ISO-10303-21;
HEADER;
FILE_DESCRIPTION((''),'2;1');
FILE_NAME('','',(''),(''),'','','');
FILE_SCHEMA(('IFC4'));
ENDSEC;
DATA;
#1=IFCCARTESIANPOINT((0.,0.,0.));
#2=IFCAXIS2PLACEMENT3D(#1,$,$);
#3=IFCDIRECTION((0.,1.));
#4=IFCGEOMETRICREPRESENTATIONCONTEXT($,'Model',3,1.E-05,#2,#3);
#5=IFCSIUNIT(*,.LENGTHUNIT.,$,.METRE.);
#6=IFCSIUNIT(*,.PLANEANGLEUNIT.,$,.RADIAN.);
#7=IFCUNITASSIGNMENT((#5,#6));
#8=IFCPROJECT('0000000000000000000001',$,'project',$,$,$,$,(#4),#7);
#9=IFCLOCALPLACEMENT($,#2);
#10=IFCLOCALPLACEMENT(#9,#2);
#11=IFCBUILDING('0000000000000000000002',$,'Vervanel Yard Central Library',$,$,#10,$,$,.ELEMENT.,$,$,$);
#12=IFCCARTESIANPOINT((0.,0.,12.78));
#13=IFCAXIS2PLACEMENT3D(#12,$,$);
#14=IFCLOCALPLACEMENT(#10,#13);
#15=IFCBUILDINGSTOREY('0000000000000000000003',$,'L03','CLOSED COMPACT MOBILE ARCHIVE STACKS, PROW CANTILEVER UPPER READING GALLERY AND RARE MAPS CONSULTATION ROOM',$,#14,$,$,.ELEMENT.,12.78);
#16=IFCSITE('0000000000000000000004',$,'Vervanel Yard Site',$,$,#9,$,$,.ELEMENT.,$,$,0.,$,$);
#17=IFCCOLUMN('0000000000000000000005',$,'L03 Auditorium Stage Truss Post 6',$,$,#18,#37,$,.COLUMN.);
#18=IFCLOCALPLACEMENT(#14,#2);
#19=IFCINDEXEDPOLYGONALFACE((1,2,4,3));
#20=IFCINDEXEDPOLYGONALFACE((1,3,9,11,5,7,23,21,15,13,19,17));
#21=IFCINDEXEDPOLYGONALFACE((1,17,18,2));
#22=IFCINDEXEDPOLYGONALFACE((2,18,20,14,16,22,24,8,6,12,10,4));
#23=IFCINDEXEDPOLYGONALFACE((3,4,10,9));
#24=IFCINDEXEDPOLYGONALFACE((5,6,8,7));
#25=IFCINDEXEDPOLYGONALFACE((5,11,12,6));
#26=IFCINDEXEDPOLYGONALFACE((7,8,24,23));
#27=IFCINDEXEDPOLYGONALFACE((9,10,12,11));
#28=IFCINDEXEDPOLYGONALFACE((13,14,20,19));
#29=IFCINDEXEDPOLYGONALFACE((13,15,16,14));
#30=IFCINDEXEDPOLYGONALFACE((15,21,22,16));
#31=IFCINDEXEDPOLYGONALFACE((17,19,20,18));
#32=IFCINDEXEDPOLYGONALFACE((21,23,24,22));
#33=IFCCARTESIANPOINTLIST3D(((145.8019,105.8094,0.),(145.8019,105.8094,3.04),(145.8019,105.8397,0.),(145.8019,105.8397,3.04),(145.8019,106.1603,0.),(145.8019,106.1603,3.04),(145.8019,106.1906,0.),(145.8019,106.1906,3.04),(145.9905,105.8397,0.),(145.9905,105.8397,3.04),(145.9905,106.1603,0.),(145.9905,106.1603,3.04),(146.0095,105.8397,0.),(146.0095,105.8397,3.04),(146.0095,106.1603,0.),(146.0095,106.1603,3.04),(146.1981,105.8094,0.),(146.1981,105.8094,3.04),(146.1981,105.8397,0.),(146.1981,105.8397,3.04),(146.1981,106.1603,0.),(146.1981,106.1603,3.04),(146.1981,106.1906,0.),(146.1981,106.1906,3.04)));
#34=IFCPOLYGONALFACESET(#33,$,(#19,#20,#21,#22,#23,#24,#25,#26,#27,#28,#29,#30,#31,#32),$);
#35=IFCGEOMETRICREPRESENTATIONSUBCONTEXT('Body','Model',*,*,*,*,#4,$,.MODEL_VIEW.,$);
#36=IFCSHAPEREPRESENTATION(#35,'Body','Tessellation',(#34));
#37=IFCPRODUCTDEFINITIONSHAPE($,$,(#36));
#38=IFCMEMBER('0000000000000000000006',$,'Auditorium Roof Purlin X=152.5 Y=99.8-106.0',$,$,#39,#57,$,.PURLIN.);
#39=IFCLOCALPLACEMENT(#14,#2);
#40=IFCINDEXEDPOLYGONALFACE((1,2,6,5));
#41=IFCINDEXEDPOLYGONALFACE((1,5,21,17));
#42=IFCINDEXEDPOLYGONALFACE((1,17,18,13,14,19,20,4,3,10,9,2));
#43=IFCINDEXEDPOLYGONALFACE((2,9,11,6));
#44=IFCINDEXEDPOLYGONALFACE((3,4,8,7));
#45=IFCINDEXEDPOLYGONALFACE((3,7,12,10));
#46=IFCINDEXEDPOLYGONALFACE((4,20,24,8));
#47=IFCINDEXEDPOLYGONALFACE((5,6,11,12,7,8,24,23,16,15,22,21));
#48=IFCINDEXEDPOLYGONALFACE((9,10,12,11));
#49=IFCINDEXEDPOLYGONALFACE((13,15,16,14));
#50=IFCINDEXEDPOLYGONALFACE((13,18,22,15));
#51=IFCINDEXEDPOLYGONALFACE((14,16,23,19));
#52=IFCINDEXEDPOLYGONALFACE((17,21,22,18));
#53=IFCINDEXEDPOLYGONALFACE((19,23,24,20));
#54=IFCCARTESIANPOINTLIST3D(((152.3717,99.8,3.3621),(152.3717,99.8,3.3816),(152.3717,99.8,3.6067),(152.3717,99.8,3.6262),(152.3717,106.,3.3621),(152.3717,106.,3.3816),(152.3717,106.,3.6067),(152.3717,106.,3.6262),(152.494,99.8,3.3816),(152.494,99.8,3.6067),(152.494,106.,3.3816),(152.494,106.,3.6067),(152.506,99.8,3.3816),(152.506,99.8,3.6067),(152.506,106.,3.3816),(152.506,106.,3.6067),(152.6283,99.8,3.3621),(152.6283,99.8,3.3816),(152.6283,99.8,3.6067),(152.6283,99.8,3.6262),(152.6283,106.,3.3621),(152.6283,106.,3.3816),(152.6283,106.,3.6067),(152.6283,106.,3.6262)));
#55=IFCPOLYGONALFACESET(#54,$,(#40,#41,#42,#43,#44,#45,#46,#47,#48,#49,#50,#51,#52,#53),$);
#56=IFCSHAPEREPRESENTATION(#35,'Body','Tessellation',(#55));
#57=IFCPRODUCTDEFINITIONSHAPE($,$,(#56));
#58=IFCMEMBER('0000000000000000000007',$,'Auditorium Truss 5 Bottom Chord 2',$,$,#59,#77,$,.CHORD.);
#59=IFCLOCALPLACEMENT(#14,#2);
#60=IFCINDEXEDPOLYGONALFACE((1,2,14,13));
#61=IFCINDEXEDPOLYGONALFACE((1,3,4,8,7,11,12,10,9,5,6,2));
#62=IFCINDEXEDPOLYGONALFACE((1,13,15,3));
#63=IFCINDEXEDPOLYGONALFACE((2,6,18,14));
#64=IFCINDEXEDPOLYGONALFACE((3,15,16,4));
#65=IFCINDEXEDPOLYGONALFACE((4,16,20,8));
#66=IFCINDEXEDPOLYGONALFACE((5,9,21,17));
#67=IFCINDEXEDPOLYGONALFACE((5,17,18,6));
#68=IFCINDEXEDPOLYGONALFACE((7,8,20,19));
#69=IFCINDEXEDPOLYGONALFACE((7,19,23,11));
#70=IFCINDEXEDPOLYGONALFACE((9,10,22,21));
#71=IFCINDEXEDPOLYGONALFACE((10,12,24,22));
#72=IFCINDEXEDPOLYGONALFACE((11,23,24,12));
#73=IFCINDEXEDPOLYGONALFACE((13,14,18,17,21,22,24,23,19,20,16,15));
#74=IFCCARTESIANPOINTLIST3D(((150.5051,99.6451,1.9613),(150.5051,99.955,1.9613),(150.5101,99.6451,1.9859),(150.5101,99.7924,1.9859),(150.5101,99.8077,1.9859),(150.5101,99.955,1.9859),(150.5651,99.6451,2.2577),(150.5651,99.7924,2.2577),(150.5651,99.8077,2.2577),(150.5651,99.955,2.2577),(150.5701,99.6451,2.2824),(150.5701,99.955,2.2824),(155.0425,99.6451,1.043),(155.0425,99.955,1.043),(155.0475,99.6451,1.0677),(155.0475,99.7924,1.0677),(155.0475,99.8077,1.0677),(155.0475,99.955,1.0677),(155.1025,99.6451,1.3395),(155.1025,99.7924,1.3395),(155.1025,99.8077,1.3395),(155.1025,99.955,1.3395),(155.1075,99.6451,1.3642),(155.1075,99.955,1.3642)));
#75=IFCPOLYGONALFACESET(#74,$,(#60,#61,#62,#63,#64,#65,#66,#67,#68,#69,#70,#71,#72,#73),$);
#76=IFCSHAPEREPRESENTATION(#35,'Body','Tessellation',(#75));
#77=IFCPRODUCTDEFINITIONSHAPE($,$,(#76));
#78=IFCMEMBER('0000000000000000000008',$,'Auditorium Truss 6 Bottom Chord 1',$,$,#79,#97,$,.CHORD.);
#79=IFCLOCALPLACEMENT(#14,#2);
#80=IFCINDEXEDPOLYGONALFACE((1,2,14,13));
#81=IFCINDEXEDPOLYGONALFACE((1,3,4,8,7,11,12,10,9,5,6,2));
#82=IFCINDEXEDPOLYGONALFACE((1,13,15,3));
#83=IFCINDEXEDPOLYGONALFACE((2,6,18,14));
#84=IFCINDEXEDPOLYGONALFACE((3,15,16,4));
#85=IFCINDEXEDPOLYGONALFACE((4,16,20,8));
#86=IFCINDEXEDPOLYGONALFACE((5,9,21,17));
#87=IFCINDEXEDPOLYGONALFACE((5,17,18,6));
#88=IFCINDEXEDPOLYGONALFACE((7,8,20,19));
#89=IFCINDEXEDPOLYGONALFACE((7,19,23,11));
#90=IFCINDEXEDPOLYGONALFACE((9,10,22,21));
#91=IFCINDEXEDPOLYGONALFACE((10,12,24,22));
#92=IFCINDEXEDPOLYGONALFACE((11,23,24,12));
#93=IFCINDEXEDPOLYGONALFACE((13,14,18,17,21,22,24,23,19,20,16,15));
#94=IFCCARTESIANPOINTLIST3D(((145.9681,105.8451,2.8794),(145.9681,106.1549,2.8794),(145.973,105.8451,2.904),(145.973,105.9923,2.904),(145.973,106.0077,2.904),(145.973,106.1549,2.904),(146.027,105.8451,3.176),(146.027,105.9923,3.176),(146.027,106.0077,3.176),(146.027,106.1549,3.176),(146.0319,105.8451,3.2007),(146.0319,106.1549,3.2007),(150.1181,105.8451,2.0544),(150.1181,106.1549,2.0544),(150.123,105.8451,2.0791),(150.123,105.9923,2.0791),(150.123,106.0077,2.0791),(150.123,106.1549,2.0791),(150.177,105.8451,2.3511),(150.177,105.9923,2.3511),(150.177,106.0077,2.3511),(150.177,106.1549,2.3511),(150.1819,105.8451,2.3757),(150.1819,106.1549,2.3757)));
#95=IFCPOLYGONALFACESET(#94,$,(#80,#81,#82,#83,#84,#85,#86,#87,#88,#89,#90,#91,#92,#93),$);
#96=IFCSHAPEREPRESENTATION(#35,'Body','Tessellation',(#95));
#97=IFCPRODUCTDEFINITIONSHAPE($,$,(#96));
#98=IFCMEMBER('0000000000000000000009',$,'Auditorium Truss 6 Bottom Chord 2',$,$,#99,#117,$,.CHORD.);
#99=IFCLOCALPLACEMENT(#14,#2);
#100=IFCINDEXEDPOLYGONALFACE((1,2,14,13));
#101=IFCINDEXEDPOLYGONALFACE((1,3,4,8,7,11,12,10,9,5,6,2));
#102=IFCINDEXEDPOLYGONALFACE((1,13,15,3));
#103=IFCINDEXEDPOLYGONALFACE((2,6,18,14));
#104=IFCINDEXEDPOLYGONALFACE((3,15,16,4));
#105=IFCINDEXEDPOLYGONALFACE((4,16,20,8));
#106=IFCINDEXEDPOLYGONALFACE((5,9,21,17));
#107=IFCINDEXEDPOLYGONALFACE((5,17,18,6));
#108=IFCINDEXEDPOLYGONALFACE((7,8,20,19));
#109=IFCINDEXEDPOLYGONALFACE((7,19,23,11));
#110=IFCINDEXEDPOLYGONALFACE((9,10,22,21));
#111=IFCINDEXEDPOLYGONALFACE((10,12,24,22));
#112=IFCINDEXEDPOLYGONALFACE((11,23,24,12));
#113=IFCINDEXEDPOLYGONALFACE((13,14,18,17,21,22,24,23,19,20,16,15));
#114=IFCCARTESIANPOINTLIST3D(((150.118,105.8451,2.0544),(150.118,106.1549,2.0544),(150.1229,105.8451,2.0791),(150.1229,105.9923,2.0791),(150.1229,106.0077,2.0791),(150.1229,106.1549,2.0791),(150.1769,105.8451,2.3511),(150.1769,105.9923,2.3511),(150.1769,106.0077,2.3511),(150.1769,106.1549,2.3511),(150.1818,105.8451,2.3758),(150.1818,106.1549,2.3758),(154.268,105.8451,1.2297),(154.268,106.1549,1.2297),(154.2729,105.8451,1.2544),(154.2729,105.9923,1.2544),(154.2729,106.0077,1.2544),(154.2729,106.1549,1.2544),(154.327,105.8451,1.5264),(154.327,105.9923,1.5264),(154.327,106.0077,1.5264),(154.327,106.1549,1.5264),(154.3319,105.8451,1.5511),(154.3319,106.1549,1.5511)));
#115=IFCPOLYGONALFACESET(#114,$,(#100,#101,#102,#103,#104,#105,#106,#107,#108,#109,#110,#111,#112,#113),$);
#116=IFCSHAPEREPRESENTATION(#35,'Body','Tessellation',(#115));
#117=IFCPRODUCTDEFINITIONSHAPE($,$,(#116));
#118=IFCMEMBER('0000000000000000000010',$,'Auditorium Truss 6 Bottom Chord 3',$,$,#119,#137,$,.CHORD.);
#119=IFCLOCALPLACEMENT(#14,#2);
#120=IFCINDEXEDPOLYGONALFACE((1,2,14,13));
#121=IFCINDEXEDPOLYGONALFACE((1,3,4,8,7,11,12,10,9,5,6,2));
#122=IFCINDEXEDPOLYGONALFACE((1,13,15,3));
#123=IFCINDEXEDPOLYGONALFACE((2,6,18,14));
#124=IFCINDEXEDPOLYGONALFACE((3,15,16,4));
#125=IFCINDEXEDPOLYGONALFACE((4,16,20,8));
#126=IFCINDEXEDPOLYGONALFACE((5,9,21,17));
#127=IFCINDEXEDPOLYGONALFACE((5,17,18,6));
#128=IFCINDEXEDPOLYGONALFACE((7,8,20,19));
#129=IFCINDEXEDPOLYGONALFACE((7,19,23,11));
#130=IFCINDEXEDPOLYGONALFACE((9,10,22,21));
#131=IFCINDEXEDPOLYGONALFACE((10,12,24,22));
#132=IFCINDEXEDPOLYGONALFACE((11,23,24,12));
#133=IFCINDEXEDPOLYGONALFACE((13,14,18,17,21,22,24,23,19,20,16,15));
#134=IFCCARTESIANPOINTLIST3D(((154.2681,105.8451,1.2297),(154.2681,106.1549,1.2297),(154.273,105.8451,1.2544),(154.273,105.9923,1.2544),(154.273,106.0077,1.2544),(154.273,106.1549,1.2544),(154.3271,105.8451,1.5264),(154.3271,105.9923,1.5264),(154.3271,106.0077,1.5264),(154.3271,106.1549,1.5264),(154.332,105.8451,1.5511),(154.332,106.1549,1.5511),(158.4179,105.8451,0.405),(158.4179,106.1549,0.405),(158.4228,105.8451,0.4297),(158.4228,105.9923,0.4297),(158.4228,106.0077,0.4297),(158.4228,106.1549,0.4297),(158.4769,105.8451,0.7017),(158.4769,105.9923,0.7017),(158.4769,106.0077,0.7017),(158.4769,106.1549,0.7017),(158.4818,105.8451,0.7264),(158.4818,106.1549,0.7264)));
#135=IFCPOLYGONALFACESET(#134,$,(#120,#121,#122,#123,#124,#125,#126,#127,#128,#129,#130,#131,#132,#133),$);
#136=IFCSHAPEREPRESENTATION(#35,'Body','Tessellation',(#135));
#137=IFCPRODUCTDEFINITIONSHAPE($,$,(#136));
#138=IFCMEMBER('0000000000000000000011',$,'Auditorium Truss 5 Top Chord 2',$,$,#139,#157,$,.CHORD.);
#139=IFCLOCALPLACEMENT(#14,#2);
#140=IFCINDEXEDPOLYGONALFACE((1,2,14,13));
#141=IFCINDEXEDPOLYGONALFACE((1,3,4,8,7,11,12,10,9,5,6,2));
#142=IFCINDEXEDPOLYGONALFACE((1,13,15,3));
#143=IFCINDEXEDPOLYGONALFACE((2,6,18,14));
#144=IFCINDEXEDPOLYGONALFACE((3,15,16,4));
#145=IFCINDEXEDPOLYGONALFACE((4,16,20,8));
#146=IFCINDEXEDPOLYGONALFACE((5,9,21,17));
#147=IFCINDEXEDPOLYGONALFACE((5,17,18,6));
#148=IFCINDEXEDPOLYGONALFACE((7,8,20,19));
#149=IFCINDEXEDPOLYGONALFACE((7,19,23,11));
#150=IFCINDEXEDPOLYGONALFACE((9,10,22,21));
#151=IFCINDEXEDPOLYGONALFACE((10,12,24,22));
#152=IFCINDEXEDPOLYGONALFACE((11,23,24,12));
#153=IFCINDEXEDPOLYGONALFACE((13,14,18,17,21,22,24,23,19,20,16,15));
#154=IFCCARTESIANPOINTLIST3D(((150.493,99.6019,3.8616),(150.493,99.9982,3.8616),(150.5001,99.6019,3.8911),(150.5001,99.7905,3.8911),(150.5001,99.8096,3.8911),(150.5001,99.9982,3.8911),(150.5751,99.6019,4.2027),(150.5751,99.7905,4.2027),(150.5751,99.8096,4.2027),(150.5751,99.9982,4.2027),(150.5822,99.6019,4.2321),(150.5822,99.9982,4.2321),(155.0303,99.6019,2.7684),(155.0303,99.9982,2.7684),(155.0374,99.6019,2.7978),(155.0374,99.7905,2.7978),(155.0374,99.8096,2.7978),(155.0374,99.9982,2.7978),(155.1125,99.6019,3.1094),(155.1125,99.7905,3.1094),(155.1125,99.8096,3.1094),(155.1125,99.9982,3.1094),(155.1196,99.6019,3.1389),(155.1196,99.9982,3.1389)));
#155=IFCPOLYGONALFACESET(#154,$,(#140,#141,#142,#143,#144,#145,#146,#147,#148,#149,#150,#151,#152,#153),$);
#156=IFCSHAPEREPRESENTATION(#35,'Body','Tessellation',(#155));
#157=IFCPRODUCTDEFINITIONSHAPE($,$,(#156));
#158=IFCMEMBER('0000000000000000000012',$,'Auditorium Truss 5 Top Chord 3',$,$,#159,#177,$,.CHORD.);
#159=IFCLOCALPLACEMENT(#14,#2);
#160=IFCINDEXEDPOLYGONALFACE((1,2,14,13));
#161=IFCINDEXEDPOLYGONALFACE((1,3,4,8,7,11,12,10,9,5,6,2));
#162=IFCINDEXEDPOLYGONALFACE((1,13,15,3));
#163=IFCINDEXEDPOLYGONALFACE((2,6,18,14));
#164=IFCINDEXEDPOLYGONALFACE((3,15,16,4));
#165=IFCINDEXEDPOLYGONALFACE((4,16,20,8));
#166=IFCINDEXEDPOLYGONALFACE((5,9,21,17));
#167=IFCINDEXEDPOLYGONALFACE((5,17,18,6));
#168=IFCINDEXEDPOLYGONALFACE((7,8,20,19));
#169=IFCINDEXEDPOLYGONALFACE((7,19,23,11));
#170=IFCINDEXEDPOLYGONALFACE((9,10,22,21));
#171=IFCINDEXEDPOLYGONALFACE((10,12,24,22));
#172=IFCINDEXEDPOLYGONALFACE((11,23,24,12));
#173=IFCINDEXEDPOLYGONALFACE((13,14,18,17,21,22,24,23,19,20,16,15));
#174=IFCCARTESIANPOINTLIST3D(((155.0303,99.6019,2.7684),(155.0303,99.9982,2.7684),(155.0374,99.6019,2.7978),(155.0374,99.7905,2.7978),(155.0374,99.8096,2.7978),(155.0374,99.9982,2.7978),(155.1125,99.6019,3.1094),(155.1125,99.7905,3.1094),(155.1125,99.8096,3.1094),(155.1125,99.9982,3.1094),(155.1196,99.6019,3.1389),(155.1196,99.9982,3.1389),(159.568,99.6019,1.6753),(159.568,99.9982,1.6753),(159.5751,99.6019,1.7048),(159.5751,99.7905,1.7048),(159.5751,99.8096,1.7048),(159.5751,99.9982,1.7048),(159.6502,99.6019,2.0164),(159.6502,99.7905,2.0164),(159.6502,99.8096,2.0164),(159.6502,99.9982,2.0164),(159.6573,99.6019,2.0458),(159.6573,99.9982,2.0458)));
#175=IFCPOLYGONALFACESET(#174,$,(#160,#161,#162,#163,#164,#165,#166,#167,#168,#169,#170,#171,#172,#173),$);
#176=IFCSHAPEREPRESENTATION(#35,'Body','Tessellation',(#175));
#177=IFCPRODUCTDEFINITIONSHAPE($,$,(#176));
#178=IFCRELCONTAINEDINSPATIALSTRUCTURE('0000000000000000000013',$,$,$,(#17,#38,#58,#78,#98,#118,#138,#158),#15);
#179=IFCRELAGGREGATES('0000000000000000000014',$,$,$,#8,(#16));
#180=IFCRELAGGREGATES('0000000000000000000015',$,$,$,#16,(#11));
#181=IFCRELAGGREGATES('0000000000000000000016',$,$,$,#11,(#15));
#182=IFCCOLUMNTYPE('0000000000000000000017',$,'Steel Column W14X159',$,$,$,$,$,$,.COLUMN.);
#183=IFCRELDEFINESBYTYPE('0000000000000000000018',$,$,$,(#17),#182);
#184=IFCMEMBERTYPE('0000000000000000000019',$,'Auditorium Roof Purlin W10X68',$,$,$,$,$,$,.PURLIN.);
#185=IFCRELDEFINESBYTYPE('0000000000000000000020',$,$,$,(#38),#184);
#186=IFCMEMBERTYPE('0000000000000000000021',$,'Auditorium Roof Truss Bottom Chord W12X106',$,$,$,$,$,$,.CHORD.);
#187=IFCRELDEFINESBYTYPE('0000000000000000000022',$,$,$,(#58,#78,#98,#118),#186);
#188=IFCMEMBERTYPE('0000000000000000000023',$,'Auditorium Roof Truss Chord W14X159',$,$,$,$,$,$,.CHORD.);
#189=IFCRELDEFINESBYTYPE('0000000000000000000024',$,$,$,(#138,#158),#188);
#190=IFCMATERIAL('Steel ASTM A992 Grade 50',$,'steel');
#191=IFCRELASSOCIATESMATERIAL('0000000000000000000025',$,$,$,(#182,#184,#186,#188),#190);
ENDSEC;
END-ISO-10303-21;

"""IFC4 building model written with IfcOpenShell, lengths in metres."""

from ifc_helpers import new_model, si_unit, direction, frame, origin, origin_2d, place, context, subcontext, project, spatial, i_section, extrude, material, material_profile, profile_set, type_object, element, save


model = new_model("IFC4")

# Units and contexts
model_context = context("Model", 3, precision=1e-05, world=origin(), true_north=direction((0.0, 1.0)))
body_context = subcontext(model_context, "Body", "Model", "MODEL_VIEW")
ifc_project = project(units=[si_unit("LENGTHUNIT", "METRE"), si_unit("PLANEANGLEUNIT", "RADIAN")], contexts=[model_context])

# Site, building, storey
site_placement = place(None, origin())
site = spatial("IfcSite", under=ifc_project, at=site_placement, Name="Vervanel Yard Site", CompositionType="ELEMENT", RefElevation=0.0)
building_placement = place(site_placement, origin())
building = spatial("IfcBuilding", under=site, at=building_placement, Name="Vervanel Yard Central Library", CompositionType="ELEMENT")
storey_placement = place(building_placement, frame((0.0, 0.0, 12.78)))
storey = spatial("IfcBuildingStorey", under=building, at=storey_placement, Name="L03", Description="CLOSED COMPACT MOBILE ARCHIVE STACKS, PROW CANTILEVER UPPER READING GALLERY AND RARE MAPS CONSULTATION ROOM", CompositionType="ELEMENT", Elevation=12.78)

# Column
ifc_material_1 = material(Name="Steel ASTM A992 Grade 50", Category="steel")
ifc_material_profile_1 = material_profile(ifc_material_1, i_section(OverallWidth=0.3962, OverallDepth=0.3811, WebThickness=0.019, FlangeThickness=0.0303, at=origin_2d()), Name="W14X159", Category="steel")
ifc_profile_set_1 = profile_set([ifc_material_profile_1], Name="Steel ASTM A992 Grade 50")
column_type = type_object("IfcColumnType", Name="Steel Column W14X159", PredefinedType="COLUMN", material=ifc_profile_set_1)
column_placement = place(storey_placement, frame((146.0, 106.0, 0.0), z_axis=(0.0, 0.0, 1.0), x_axis=(1.0, 0.0, 0.0)))
element("IfcColumn", 1, at=column_placement, inside=storey, type_object=column_type, Name="L03 Auditorium Stage Truss Post 6", PredefinedType="COLUMN", context=body_context, shape_type="SweptSolid", body=[
    extrude(i_section(OverallWidth=0.3962, OverallDepth=0.3811, WebThickness=0.019, FlangeThickness=0.0303, at=origin_2d()), origin(), (0.0, 0.0, 1.0), 3.04),
])

# Members
ifc_material_profile_2 = material_profile(ifc_material_1, i_section(OverallWidth=0.2566, OverallDepth=0.2642, WebThickness=0.012, FlangeThickness=0.0195, at=origin_2d()), Name="W10X68", Category="steel")
ifc_profile_set_2 = profile_set([ifc_material_profile_2], Name="Steel ASTM A992 Grade 50")
member_type_1 = type_object("IfcMemberType", Name="Auditorium Roof Purlin W10X68", PredefinedType="PURLIN", material=ifc_profile_set_2)
member_1_placement = place(storey_placement, frame((152.5, 99.8, 3.4941), z_axis=(0.0, 1.0, 0.0), x_axis=(-1.0, 0.0, 0.0)))
element("IfcMember", 2, at=member_1_placement, inside=storey, type_object=member_type_1, Name="Auditorium Roof Purlin X=152.5 Y=99.8-106.0", PredefinedType="PURLIN", context=body_context, shape_type="SweptSolid", body=[
    extrude(i_section(OverallWidth=0.2566, OverallDepth=0.2642, WebThickness=0.012, FlangeThickness=0.0195, at=origin_2d()), origin(), (0.0, 0.0, 1.0), 6.2),
])
ifc_material_profile_3 = material_profile(ifc_material_1, i_section(OverallWidth=0.3098, OverallDepth=0.3276, WebThickness=0.0154, FlangeThickness=0.0251, at=origin_2d()), Name="W12X106", Category="steel")
ifc_profile_set_3 = profile_set([ifc_material_profile_3], Name="Steel ASTM A992 Grade 50")
member_type_2 = type_object("IfcMemberType", Name="Auditorium Roof Truss Bottom Chord W12X106", PredefinedType="CHORD", material=ifc_profile_set_3)
member_2_placement = place(storey_placement, frame((150.5376, 99.8, 2.1218), z_axis=(0.980132, 0.0, -0.198347), x_axis=(0.0, 1.0, 0.0)))
element("IfcMember", 3, at=member_2_placement, inside=storey, type_object=member_type_2, Name="Auditorium Truss 5 Bottom Chord 2", PredefinedType="CHORD", context=body_context, shape_type="SweptSolid", body=[
    extrude(i_section(OverallWidth=0.3098, OverallDepth=0.3276, WebThickness=0.0154, FlangeThickness=0.0251, at=origin_2d()), origin(), (0.0, 0.0, 1.0), 4.6294),
])
for number, where, z_axis, x_axis, name in (
    (4, (146.0, 106.0, 3.04), (0.980809, 0.0, -0.194973), (0.0, 1.0, 0.0), "Auditorium Truss 6 Bottom Chord 1"),
    (5, (150.1499, 106.0, 2.2151), (0.980822, 0.0, -0.194907), (0.0, 1.0, 0.0), "Auditorium Truss 6 Bottom Chord 2"),
):
    element("IfcMember", number, at=place(storey_placement, frame(where, z_axis=z_axis, x_axis=x_axis)), inside=storey, type_object=member_type_2, Name=name, PredefinedType="CHORD", context=body_context, shape_type="SweptSolid", body=[
        extrude(i_section(OverallWidth=0.3098, OverallDepth=0.3276, WebThickness=0.0154, FlangeThickness=0.0251, at=origin_2d()), origin(), (0.0, 0.0, 1.0), 4.2312),
    ])
member_3_placement = place(storey_placement, frame((154.3, 106.0, 1.3904), z_axis=(0.98082, 0.0, -0.194918), x_axis=(0.0, 1.0, 0.0)))
element("IfcMember", 6, at=member_3_placement, inside=storey, type_object=member_type_2, Name="Auditorium Truss 6 Bottom Chord 3", PredefinedType="CHORD", context=body_context, shape_type="SweptSolid", body=[
    extrude(i_section(OverallWidth=0.3098, OverallDepth=0.3276, WebThickness=0.0154, FlangeThickness=0.0251, at=origin_2d()), origin(), (0.0, 0.0, 1.0), 4.231),
])
ifc_material_profile_4 = material_profile(ifc_material_1, i_section(OverallWidth=0.3962, OverallDepth=0.3811, WebThickness=0.019, FlangeThickness=0.0303, at=origin_2d()), Name="W14X159", Category="steel")
ifc_profile_set_4 = profile_set([ifc_material_profile_4], Name="Steel ASTM A992 Grade 50")
member_type_3 = type_object("IfcMemberType", Name="Auditorium Roof Truss Chord W14X159", PredefinedType="CHORD", material=ifc_profile_set_4)
member_4_placement = place(storey_placement, frame((150.5376, 99.8, 4.0469), z_axis=(0.972178, 0.0, -0.234243), x_axis=(0.0, 1.0, 0.0)))
element("IfcMember", 7, at=member_4_placement, inside=storey, type_object=member_type_3, Name="Auditorium Truss 5 Top Chord 2", PredefinedType="CHORD", context=body_context, shape_type="SweptSolid", body=[
    extrude(i_section(OverallWidth=0.3962, OverallDepth=0.3811, WebThickness=0.019, FlangeThickness=0.0303, at=origin_2d()), origin(), (0.0, 0.0, 1.0), 4.6672),
])
member_5_placement = place(storey_placement, frame((155.075, 99.8, 2.9536), z_axis=(0.972193, 0.0, -0.234182), x_axis=(0.0, 1.0, 0.0)))
element("IfcMember", 8, at=member_5_placement, inside=storey, type_object=member_type_3, Name="Auditorium Truss 5 Top Chord 3", PredefinedType="CHORD", context=body_context, shape_type="SweptSolid", body=[
    extrude(i_section(OverallWidth=0.3962, OverallDepth=0.3811, WebThickness=0.019, FlangeThickness=0.0303, at=origin_2d()), origin(), (0.0, 0.0, 1.0), 4.6675),
])

save(model, "model.ifc")
